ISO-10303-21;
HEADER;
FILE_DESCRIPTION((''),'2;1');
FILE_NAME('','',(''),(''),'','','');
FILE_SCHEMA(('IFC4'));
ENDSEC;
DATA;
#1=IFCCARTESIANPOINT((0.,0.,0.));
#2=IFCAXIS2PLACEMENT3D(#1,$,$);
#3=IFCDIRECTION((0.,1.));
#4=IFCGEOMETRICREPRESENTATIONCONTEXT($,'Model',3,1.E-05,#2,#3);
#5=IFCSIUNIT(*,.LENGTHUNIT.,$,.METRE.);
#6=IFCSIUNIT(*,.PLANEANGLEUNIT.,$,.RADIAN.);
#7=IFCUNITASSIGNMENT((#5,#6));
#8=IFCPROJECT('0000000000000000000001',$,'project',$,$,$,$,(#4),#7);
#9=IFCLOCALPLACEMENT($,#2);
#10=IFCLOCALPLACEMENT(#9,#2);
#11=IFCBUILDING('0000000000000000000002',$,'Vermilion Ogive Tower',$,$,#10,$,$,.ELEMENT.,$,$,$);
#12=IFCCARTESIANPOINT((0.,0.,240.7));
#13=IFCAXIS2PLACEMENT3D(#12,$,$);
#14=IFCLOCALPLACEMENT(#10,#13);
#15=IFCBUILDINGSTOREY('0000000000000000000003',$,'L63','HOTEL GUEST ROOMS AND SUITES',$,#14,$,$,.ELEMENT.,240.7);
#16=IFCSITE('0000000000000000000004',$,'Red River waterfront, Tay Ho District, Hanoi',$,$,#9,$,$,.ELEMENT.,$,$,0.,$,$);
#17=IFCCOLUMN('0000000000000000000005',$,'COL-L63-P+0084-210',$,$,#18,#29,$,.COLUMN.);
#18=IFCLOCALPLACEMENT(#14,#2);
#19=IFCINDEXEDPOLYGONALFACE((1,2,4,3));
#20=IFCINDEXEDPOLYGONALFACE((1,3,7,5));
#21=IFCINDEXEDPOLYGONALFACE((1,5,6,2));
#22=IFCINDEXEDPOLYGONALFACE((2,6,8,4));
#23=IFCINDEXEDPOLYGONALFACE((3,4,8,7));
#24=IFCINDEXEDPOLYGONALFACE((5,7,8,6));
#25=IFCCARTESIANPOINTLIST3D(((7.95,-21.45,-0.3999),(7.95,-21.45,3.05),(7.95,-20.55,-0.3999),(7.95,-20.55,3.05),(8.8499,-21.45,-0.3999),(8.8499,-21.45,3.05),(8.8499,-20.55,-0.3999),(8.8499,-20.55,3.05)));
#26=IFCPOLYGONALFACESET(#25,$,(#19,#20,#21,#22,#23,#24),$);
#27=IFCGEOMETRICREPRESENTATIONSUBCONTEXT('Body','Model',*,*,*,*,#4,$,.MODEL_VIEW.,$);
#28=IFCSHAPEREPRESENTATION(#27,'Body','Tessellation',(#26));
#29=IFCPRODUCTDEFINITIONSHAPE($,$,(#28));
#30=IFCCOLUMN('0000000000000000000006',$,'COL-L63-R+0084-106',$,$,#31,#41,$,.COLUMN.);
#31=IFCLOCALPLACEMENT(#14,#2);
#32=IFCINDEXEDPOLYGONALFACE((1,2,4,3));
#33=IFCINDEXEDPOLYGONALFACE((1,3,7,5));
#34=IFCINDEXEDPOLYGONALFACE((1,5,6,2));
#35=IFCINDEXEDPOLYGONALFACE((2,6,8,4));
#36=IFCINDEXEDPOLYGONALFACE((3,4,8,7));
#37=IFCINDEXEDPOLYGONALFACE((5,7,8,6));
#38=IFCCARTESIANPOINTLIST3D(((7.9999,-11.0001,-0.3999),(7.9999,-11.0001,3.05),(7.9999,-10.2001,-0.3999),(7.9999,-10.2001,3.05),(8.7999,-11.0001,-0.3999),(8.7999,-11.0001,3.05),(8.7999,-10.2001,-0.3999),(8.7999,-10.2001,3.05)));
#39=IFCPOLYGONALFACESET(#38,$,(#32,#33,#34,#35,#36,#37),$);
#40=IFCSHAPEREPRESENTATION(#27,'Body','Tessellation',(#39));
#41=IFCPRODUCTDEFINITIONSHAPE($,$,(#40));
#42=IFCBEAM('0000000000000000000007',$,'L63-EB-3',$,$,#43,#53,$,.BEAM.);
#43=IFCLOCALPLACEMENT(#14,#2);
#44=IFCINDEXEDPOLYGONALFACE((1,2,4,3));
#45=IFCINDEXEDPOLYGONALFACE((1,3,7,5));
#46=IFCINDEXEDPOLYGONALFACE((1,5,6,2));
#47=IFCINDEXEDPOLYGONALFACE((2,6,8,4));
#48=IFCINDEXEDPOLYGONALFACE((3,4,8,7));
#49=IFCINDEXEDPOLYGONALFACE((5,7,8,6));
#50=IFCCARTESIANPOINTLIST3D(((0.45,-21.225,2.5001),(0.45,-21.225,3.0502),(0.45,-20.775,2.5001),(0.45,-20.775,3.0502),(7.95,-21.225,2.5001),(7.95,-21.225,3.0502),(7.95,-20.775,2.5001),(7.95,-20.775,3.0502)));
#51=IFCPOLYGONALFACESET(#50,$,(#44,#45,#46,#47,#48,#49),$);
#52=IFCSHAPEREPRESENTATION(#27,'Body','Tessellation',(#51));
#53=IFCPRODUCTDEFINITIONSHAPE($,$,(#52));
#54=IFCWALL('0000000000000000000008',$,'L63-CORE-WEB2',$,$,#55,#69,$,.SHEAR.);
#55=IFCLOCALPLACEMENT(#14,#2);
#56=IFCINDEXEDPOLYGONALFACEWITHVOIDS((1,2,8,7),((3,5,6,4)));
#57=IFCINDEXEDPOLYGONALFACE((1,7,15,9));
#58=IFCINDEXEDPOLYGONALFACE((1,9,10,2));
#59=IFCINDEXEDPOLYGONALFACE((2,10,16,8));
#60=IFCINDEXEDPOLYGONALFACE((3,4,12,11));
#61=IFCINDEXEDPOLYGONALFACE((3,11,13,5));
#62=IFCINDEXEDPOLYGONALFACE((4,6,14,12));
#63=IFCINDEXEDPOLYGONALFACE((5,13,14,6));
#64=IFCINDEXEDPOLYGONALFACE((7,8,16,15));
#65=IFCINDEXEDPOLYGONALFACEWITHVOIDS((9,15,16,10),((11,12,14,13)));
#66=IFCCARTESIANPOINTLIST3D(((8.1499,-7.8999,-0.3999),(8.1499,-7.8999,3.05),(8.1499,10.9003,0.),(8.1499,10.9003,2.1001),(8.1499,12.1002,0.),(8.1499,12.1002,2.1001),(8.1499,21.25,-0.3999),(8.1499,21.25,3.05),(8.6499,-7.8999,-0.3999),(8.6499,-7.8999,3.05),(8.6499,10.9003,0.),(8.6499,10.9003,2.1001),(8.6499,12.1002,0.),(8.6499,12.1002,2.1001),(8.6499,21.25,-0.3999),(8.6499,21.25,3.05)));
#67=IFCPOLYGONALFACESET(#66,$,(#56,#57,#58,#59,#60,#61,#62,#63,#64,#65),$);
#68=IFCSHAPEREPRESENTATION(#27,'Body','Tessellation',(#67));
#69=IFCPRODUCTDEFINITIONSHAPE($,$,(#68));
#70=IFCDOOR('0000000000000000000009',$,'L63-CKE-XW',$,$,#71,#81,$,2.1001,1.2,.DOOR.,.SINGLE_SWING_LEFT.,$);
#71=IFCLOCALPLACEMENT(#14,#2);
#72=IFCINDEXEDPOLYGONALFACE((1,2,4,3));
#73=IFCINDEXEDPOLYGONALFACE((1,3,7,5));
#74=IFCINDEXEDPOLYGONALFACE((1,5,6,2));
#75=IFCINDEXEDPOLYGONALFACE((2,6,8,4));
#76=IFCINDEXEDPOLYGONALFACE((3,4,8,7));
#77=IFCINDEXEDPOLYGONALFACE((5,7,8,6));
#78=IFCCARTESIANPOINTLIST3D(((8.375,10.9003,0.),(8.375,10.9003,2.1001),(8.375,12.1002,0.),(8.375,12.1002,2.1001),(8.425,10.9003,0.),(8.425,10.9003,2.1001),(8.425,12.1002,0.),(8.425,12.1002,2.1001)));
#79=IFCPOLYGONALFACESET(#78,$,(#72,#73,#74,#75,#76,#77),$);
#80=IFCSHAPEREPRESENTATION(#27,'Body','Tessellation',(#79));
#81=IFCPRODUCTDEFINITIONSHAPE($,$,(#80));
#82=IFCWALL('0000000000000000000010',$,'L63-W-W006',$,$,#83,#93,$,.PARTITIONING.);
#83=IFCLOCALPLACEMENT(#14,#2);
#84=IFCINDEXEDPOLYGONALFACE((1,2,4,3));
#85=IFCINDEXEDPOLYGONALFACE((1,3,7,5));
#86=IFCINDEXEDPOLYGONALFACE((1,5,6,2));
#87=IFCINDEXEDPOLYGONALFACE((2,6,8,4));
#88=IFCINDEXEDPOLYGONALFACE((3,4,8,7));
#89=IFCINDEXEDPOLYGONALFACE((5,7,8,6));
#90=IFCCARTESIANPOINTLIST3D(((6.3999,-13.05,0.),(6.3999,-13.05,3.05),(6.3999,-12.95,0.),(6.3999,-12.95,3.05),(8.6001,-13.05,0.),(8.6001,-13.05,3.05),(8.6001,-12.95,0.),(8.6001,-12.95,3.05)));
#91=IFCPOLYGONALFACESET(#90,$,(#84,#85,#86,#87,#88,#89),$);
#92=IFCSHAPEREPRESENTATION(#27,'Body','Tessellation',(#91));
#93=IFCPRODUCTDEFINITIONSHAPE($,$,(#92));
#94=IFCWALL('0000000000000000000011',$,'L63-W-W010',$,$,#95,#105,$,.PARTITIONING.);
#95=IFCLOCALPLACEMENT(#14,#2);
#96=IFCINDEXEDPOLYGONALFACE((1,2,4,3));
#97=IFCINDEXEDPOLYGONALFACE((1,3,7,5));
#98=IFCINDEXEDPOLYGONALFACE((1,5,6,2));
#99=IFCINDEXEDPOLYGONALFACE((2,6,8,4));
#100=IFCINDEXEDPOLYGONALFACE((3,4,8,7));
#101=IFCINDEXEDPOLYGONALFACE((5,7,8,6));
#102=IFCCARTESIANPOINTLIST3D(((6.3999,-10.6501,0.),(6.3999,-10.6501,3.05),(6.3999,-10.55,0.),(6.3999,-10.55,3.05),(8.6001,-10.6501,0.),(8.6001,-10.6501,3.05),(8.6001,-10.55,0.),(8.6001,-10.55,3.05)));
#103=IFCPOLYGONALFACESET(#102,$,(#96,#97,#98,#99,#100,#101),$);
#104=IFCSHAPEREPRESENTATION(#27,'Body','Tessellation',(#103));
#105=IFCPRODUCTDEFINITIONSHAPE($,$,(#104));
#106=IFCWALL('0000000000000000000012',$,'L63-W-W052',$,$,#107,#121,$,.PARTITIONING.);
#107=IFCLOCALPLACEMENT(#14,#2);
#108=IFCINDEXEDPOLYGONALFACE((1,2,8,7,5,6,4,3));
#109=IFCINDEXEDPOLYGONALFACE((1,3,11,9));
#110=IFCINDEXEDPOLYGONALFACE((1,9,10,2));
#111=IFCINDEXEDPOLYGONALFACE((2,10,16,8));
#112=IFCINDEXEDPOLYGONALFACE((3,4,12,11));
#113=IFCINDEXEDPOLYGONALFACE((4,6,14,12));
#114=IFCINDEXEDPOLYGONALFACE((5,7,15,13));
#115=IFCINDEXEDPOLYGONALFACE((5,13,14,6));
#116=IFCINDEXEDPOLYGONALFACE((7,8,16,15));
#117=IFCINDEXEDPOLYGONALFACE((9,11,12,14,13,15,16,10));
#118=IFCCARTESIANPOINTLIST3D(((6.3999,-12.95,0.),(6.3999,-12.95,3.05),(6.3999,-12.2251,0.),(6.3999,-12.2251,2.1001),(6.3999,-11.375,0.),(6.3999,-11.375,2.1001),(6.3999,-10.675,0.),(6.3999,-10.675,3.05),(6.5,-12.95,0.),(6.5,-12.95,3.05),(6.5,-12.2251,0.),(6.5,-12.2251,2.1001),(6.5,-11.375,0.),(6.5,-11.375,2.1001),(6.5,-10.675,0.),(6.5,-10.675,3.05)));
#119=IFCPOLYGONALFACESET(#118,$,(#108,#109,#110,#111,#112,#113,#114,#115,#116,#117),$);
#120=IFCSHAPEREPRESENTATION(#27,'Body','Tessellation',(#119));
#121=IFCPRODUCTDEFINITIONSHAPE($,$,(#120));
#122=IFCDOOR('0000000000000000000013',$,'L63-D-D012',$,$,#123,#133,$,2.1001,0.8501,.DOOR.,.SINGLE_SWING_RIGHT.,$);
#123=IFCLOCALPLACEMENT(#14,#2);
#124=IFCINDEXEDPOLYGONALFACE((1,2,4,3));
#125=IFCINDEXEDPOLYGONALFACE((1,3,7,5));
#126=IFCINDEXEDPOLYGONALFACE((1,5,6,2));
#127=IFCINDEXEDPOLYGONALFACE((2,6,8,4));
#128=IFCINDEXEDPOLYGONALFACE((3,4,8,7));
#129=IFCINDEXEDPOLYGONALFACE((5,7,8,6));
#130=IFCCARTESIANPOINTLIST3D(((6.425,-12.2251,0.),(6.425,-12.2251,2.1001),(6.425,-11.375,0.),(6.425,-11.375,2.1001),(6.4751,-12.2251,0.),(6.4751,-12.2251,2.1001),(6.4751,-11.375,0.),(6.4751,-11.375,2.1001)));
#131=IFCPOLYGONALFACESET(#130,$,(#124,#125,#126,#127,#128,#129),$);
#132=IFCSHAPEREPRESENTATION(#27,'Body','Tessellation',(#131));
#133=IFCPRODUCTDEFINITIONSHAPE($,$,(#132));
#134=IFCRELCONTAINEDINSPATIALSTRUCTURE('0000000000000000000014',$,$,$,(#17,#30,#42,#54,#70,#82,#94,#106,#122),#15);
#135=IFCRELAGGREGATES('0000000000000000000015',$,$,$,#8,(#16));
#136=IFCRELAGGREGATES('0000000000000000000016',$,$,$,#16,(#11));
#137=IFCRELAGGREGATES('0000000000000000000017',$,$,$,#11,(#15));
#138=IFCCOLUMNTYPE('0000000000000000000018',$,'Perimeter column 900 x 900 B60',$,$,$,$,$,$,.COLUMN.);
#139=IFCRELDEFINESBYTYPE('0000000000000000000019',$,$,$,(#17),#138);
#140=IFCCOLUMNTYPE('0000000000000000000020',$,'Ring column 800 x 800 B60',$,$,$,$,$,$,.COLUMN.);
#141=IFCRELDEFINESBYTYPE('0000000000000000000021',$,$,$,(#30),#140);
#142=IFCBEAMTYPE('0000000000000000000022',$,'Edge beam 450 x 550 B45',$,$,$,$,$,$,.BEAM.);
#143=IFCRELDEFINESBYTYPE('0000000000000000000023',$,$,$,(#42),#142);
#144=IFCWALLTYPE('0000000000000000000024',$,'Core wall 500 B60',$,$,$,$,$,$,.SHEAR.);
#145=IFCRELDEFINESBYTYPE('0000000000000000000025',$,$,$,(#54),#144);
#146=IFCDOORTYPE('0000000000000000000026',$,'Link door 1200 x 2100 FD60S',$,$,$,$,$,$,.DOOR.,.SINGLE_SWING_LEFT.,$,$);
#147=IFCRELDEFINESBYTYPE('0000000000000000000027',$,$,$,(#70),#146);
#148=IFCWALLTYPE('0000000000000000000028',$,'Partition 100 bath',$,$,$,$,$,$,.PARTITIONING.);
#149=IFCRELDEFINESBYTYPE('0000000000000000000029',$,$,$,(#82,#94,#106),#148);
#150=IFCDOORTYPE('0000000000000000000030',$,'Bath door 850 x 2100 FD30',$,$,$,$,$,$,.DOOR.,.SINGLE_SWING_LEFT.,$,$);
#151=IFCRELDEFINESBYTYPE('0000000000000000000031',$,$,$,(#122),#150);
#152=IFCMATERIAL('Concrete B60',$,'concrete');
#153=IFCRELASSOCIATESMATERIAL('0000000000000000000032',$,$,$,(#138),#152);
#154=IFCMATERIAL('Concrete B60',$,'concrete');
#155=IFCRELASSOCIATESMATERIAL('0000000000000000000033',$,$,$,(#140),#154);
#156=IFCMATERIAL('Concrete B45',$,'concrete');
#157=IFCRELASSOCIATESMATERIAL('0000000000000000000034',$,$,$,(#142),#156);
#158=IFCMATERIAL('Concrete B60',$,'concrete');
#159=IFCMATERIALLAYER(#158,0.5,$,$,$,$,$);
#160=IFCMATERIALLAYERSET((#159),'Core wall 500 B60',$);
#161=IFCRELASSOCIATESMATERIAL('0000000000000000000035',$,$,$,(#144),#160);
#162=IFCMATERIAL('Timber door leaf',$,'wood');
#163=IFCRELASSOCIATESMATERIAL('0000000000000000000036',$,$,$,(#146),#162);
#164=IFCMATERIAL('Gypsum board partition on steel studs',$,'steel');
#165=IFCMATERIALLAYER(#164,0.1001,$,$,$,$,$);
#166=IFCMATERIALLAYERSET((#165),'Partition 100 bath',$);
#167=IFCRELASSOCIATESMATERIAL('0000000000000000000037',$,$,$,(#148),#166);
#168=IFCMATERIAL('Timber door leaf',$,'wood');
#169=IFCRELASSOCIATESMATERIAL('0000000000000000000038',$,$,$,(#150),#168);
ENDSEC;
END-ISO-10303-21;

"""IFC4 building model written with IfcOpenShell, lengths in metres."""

from ifc_helpers import new_model, si_unit, direction, frame, frame_2d, origin, origin_2d, place, context, subcontext, project, spatial, rectangle, extrude, material, layer, layer_set, material_profile, profile_set, type_object, element, fill, save


model = new_model("IFC4")

# Units and contexts
model_context = context("Model", 3, precision=1e-05, world=origin(), true_north=direction((0.0, 1.0)))
body_context = subcontext(model_context, "Body", "Model", "MODEL_VIEW")
ifc_project = project(units=[si_unit("LENGTHUNIT", "METRE"), si_unit("PLANEANGLEUNIT", "RADIAN")], contexts=[model_context])

# Site, building, storey
site_placement = place(None, origin())
site = spatial("IfcSite", under=ifc_project, at=site_placement, Name="Red River waterfront, Tay Ho District, Hanoi", CompositionType="ELEMENT", RefElevation=0.0)
building_placement = place(site_placement, origin())
building = spatial("IfcBuilding", under=site, at=building_placement, Name="Vermilion Ogive Tower", CompositionType="ELEMENT")
storey_placement = place(building_placement, frame((0.0, 0.0, 240.7)))
storey = spatial("IfcBuildingStorey", under=building, at=storey_placement, Name="L63", Description="HOTEL GUEST ROOMS AND SUITES", CompositionType="ELEMENT", Elevation=240.7)

# Columns
ifc_material_1 = material(Name="Concrete B60", Category="concrete")
ifc_material_profile_1 = material_profile(ifc_material_1, rectangle(XDim=0.8999, YDim=0.8999, at=origin_2d()), Name="900 x 900")
ifc_profile_set_1 = profile_set([ifc_material_profile_1], Name="Concrete B60")
column_type_1 = type_object("IfcColumnType", Name="Perimeter column 900 x 900 B60", PredefinedType="COLUMN", material=ifc_profile_set_1)
column_1_placement = place(storey_placement, frame((8.3999, -21.0, -0.3999), z_axis=(0.0, 0.0, 1.0), x_axis=(1.0, 0.0, 0.0)))
element("IfcColumn", 1, at=column_1_placement, inside=storey, type_object=column_type_1, Name="COL-L63-P+0084-210", PredefinedType="COLUMN", context=body_context, shape_type="SweptSolid", body=[
    extrude(rectangle(XDim=0.8999, YDim=0.8999, at=origin_2d()), origin(), (0.0, 0.0, 1.0), 3.45),
])
ifc_material_2 = material(Name="Concrete B60", Category="concrete")
ifc_material_profile_2 = material_profile(ifc_material_2, rectangle(XDim=0.8, YDim=0.8, at=origin_2d()), Name="800 x 800")
ifc_profile_set_2 = profile_set([ifc_material_profile_2], Name="Concrete B60")
column_type_2 = type_object("IfcColumnType", Name="Ring column 800 x 800 B60", PredefinedType="COLUMN", material=ifc_profile_set_2)
column_2_placement = place(storey_placement, frame((8.3999, -10.6001, -0.3999), z_axis=(0.0, 0.0, 1.0), x_axis=(1.0, 0.0, 0.0)))
element("IfcColumn", 2, at=column_2_placement, inside=storey, type_object=column_type_2, Name="COL-L63-R+0084-106", PredefinedType="COLUMN", context=body_context, shape_type="SweptSolid", body=[
    extrude(rectangle(XDim=0.8, YDim=0.8, at=origin_2d()), origin(), (0.0, 0.0, 1.0), 3.45),
])

# Beam
ifc_material_3 = material(Name="Concrete B45", Category="concrete")
ifc_material_profile_3 = material_profile(ifc_material_3, rectangle(XDim=0.45, YDim=0.55, at=origin_2d()), Name="450 x 550")
ifc_profile_set_3 = profile_set([ifc_material_profile_3], Name="Concrete B45")
beam_type = type_object("IfcBeamType", Name="Edge beam 450 x 550 B45", PredefinedType="BEAM", material=ifc_profile_set_3)
beam_placement = place(storey_placement, frame((0.45, -21.0, 2.7751), z_axis=(1.0, 0.0, 0.0), x_axis=(0.0, 1.0, 0.0)))
element("IfcBeam", 3, at=beam_placement, inside=storey, type_object=beam_type, Name="L63-EB-3", PredefinedType="BEAM", context=body_context, shape_type="SweptSolid", body=[
    extrude(rectangle(XDim=0.45, YDim=0.55, at=origin_2d()), origin(), (0.0, 0.0, 1.0), 7.5),
])

# Wall, opening, door
ifc_material_4 = material(Name="Concrete B60", Category="concrete")
ifc_layer_1 = layer(ifc_material_4, 0.5)
ifc_layer_set_1 = layer_set([ifc_layer_1], Name="Core wall 500 B60")
wall_type_1 = type_object("IfcWallType", Name="Core wall 500 B60", PredefinedType="SHEAR", material=ifc_layer_set_1)
wall_1_placement = place(storey_placement, frame((8.3999, -7.8999, -0.3999), z_axis=(0.0, 0.0, 1.0), x_axis=(0.0, 1.0, 0.0)))
wall_1 = element("IfcWall", 4, at=wall_1_placement, inside=storey, type_object=wall_type_1, Name="L63-CORE-WEB2", PredefinedType="SHEAR", context=body_context, shape_type="SweptSolid", body=[
    extrude(rectangle(XDim=29.1499, YDim=0.5, at=frame_2d((14.575, 0.0))), origin(), (0.0, 0.0, 1.0), 3.45),
])
opening_1_placement = place(wall_1_placement, frame((18.8, 0.0, 0.3999)))
opening_1 = element("IfcOpeningElement", 5, at=opening_1_placement, cuts=wall_1, PredefinedType="OPENING", context=body_context, shape_type="SweptSolid", body=[
    extrude(rectangle(XDim=1.2, YDim=2.1001, at=frame_2d((0.6001, 1.05))), frame((0.0, 0.26, 0.0), z_axis=(0.0, -1.0, 0.0), x_axis=(1.0, 0.0, 0.0)), (0.0, 0.0, 1.0), 0.52),
])
ifc_material_5 = material(Name="Timber door leaf", Category="wood")
door_type_1 = type_object("IfcDoorType", Name="Link door 1200 x 2100 FD60S", OperationType="SINGLE_SWING_LEFT", PredefinedType="DOOR", material=ifc_material_5)
door_1_placement = place(opening_1_placement, origin())
door_1 = element("IfcDoor", 6, at=door_1_placement, inside=storey, type_object=door_type_1, Name="L63-CKE-XW", OperationType="SINGLE_SWING_LEFT", OverallHeight=2.1001, OverallWidth=1.2, PredefinedType="DOOR", context=body_context, shape_type="SweptSolid", body=[
    extrude(rectangle(XDim=1.2, YDim=2.1001, at=frame_2d((0.6001, 1.05))), frame((0.0, 0.0249, 0.0), z_axis=(0.0, -1.0, 0.0), x_axis=(1.0, 0.0, 0.0)), (0.0, 0.0, 1.0), 0.05),
])
fill(opening_1, door_1)

# Walls
ifc_material_6 = material(Name="Gypsum board partition on steel studs", Category="steel")
ifc_layer_2 = layer(ifc_material_6, 0.1001)
ifc_layer_set_2 = layer_set([ifc_layer_2], Name="Partition 100 bath")
wall_type_2 = type_object("IfcWallType", Name="Partition 100 bath", PredefinedType="PARTITIONING", material=ifc_layer_set_2)
for number, where, z_axis, x_axis, name in (
    (7, (6.3999, -13.0, 0.0), (0.0, 0.0, 1.0), (1.0, 0.0, 0.0), "L63-W-W006"),
    (8, (6.3999, -10.6001, 0.0), (0.0, 0.0, 1.0), (1.0, 0.0, 0.0), "L63-W-W010"),
):
    element("IfcWall", number, at=place(storey_placement, frame(where, z_axis=z_axis, x_axis=x_axis)), inside=storey, type_object=wall_type_2, Name=name, PredefinedType="PARTITIONING", context=body_context, shape_type="SweptSolid", body=[
        extrude(rectangle(XDim=2.2002, YDim=0.1001, at=frame_2d((1.1001, 0.0))), origin(), (0.0, 0.0, 1.0), 3.05),
    ])

# Wall, opening, door
wall_2_placement = place(storey_placement, frame((6.45, -12.95, 0.0), z_axis=(0.0, 0.0, 1.0), x_axis=(0.0, 1.0, 0.0)))
wall_2 = element("IfcWall", 9, at=wall_2_placement, inside=storey, type_object=wall_type_2, Name="L63-W-W052", PredefinedType="PARTITIONING", context=body_context, shape_type="SweptSolid", body=[
    extrude(rectangle(XDim=2.2749, YDim=0.1001, at=frame_2d((1.1375, 0.0))), origin(), (0.0, 0.0, 1.0), 3.05),
])
opening_2_placement = place(wall_2_placement, frame((0.7249, 0.0, 0.0)))
opening_2 = element("IfcOpeningElement", 10, at=opening_2_placement, cuts=wall_2, PredefinedType="OPENING", context=body_context, shape_type="SweptSolid", body=[
    extrude(rectangle(XDim=0.8501, YDim=2.1001, at=frame_2d((0.425, 1.05))), frame((0.0, 0.0601, 0.0), z_axis=(0.0, -1.0, 0.0), x_axis=(1.0, 0.0, 0.0)), (0.0, 0.0, 1.0), 0.1201),
])
ifc_material_7 = material(Name="Timber door leaf", Category="wood")
door_type_2 = type_object("IfcDoorType", Name="Bath door 850 x 2100 FD30", OperationType="SINGLE_SWING_LEFT", PredefinedType="DOOR", material=ifc_material_7)
door_2_placement = place(opening_2_placement, origin())
door_2 = element("IfcDoor", 11, at=door_2_placement, inside=storey, type_object=door_type_2, Name="L63-D-D012", OperationType="SINGLE_SWING_RIGHT", OverallHeight=2.1001, OverallWidth=0.8501, PredefinedType="DOOR", context=body_context, shape_type="SweptSolid", body=[
    extrude(rectangle(XDim=0.8501, YDim=2.1001, at=frame_2d((0.425, 1.05))), frame((0.0, 0.0249, 0.0), z_axis=(0.0, -1.0, 0.0), x_axis=(1.0, 0.0, 0.0)), (0.0, 0.0, 1.0), 0.05),
])
fill(opening_2, door_2)

save(model, "model.ifc")
